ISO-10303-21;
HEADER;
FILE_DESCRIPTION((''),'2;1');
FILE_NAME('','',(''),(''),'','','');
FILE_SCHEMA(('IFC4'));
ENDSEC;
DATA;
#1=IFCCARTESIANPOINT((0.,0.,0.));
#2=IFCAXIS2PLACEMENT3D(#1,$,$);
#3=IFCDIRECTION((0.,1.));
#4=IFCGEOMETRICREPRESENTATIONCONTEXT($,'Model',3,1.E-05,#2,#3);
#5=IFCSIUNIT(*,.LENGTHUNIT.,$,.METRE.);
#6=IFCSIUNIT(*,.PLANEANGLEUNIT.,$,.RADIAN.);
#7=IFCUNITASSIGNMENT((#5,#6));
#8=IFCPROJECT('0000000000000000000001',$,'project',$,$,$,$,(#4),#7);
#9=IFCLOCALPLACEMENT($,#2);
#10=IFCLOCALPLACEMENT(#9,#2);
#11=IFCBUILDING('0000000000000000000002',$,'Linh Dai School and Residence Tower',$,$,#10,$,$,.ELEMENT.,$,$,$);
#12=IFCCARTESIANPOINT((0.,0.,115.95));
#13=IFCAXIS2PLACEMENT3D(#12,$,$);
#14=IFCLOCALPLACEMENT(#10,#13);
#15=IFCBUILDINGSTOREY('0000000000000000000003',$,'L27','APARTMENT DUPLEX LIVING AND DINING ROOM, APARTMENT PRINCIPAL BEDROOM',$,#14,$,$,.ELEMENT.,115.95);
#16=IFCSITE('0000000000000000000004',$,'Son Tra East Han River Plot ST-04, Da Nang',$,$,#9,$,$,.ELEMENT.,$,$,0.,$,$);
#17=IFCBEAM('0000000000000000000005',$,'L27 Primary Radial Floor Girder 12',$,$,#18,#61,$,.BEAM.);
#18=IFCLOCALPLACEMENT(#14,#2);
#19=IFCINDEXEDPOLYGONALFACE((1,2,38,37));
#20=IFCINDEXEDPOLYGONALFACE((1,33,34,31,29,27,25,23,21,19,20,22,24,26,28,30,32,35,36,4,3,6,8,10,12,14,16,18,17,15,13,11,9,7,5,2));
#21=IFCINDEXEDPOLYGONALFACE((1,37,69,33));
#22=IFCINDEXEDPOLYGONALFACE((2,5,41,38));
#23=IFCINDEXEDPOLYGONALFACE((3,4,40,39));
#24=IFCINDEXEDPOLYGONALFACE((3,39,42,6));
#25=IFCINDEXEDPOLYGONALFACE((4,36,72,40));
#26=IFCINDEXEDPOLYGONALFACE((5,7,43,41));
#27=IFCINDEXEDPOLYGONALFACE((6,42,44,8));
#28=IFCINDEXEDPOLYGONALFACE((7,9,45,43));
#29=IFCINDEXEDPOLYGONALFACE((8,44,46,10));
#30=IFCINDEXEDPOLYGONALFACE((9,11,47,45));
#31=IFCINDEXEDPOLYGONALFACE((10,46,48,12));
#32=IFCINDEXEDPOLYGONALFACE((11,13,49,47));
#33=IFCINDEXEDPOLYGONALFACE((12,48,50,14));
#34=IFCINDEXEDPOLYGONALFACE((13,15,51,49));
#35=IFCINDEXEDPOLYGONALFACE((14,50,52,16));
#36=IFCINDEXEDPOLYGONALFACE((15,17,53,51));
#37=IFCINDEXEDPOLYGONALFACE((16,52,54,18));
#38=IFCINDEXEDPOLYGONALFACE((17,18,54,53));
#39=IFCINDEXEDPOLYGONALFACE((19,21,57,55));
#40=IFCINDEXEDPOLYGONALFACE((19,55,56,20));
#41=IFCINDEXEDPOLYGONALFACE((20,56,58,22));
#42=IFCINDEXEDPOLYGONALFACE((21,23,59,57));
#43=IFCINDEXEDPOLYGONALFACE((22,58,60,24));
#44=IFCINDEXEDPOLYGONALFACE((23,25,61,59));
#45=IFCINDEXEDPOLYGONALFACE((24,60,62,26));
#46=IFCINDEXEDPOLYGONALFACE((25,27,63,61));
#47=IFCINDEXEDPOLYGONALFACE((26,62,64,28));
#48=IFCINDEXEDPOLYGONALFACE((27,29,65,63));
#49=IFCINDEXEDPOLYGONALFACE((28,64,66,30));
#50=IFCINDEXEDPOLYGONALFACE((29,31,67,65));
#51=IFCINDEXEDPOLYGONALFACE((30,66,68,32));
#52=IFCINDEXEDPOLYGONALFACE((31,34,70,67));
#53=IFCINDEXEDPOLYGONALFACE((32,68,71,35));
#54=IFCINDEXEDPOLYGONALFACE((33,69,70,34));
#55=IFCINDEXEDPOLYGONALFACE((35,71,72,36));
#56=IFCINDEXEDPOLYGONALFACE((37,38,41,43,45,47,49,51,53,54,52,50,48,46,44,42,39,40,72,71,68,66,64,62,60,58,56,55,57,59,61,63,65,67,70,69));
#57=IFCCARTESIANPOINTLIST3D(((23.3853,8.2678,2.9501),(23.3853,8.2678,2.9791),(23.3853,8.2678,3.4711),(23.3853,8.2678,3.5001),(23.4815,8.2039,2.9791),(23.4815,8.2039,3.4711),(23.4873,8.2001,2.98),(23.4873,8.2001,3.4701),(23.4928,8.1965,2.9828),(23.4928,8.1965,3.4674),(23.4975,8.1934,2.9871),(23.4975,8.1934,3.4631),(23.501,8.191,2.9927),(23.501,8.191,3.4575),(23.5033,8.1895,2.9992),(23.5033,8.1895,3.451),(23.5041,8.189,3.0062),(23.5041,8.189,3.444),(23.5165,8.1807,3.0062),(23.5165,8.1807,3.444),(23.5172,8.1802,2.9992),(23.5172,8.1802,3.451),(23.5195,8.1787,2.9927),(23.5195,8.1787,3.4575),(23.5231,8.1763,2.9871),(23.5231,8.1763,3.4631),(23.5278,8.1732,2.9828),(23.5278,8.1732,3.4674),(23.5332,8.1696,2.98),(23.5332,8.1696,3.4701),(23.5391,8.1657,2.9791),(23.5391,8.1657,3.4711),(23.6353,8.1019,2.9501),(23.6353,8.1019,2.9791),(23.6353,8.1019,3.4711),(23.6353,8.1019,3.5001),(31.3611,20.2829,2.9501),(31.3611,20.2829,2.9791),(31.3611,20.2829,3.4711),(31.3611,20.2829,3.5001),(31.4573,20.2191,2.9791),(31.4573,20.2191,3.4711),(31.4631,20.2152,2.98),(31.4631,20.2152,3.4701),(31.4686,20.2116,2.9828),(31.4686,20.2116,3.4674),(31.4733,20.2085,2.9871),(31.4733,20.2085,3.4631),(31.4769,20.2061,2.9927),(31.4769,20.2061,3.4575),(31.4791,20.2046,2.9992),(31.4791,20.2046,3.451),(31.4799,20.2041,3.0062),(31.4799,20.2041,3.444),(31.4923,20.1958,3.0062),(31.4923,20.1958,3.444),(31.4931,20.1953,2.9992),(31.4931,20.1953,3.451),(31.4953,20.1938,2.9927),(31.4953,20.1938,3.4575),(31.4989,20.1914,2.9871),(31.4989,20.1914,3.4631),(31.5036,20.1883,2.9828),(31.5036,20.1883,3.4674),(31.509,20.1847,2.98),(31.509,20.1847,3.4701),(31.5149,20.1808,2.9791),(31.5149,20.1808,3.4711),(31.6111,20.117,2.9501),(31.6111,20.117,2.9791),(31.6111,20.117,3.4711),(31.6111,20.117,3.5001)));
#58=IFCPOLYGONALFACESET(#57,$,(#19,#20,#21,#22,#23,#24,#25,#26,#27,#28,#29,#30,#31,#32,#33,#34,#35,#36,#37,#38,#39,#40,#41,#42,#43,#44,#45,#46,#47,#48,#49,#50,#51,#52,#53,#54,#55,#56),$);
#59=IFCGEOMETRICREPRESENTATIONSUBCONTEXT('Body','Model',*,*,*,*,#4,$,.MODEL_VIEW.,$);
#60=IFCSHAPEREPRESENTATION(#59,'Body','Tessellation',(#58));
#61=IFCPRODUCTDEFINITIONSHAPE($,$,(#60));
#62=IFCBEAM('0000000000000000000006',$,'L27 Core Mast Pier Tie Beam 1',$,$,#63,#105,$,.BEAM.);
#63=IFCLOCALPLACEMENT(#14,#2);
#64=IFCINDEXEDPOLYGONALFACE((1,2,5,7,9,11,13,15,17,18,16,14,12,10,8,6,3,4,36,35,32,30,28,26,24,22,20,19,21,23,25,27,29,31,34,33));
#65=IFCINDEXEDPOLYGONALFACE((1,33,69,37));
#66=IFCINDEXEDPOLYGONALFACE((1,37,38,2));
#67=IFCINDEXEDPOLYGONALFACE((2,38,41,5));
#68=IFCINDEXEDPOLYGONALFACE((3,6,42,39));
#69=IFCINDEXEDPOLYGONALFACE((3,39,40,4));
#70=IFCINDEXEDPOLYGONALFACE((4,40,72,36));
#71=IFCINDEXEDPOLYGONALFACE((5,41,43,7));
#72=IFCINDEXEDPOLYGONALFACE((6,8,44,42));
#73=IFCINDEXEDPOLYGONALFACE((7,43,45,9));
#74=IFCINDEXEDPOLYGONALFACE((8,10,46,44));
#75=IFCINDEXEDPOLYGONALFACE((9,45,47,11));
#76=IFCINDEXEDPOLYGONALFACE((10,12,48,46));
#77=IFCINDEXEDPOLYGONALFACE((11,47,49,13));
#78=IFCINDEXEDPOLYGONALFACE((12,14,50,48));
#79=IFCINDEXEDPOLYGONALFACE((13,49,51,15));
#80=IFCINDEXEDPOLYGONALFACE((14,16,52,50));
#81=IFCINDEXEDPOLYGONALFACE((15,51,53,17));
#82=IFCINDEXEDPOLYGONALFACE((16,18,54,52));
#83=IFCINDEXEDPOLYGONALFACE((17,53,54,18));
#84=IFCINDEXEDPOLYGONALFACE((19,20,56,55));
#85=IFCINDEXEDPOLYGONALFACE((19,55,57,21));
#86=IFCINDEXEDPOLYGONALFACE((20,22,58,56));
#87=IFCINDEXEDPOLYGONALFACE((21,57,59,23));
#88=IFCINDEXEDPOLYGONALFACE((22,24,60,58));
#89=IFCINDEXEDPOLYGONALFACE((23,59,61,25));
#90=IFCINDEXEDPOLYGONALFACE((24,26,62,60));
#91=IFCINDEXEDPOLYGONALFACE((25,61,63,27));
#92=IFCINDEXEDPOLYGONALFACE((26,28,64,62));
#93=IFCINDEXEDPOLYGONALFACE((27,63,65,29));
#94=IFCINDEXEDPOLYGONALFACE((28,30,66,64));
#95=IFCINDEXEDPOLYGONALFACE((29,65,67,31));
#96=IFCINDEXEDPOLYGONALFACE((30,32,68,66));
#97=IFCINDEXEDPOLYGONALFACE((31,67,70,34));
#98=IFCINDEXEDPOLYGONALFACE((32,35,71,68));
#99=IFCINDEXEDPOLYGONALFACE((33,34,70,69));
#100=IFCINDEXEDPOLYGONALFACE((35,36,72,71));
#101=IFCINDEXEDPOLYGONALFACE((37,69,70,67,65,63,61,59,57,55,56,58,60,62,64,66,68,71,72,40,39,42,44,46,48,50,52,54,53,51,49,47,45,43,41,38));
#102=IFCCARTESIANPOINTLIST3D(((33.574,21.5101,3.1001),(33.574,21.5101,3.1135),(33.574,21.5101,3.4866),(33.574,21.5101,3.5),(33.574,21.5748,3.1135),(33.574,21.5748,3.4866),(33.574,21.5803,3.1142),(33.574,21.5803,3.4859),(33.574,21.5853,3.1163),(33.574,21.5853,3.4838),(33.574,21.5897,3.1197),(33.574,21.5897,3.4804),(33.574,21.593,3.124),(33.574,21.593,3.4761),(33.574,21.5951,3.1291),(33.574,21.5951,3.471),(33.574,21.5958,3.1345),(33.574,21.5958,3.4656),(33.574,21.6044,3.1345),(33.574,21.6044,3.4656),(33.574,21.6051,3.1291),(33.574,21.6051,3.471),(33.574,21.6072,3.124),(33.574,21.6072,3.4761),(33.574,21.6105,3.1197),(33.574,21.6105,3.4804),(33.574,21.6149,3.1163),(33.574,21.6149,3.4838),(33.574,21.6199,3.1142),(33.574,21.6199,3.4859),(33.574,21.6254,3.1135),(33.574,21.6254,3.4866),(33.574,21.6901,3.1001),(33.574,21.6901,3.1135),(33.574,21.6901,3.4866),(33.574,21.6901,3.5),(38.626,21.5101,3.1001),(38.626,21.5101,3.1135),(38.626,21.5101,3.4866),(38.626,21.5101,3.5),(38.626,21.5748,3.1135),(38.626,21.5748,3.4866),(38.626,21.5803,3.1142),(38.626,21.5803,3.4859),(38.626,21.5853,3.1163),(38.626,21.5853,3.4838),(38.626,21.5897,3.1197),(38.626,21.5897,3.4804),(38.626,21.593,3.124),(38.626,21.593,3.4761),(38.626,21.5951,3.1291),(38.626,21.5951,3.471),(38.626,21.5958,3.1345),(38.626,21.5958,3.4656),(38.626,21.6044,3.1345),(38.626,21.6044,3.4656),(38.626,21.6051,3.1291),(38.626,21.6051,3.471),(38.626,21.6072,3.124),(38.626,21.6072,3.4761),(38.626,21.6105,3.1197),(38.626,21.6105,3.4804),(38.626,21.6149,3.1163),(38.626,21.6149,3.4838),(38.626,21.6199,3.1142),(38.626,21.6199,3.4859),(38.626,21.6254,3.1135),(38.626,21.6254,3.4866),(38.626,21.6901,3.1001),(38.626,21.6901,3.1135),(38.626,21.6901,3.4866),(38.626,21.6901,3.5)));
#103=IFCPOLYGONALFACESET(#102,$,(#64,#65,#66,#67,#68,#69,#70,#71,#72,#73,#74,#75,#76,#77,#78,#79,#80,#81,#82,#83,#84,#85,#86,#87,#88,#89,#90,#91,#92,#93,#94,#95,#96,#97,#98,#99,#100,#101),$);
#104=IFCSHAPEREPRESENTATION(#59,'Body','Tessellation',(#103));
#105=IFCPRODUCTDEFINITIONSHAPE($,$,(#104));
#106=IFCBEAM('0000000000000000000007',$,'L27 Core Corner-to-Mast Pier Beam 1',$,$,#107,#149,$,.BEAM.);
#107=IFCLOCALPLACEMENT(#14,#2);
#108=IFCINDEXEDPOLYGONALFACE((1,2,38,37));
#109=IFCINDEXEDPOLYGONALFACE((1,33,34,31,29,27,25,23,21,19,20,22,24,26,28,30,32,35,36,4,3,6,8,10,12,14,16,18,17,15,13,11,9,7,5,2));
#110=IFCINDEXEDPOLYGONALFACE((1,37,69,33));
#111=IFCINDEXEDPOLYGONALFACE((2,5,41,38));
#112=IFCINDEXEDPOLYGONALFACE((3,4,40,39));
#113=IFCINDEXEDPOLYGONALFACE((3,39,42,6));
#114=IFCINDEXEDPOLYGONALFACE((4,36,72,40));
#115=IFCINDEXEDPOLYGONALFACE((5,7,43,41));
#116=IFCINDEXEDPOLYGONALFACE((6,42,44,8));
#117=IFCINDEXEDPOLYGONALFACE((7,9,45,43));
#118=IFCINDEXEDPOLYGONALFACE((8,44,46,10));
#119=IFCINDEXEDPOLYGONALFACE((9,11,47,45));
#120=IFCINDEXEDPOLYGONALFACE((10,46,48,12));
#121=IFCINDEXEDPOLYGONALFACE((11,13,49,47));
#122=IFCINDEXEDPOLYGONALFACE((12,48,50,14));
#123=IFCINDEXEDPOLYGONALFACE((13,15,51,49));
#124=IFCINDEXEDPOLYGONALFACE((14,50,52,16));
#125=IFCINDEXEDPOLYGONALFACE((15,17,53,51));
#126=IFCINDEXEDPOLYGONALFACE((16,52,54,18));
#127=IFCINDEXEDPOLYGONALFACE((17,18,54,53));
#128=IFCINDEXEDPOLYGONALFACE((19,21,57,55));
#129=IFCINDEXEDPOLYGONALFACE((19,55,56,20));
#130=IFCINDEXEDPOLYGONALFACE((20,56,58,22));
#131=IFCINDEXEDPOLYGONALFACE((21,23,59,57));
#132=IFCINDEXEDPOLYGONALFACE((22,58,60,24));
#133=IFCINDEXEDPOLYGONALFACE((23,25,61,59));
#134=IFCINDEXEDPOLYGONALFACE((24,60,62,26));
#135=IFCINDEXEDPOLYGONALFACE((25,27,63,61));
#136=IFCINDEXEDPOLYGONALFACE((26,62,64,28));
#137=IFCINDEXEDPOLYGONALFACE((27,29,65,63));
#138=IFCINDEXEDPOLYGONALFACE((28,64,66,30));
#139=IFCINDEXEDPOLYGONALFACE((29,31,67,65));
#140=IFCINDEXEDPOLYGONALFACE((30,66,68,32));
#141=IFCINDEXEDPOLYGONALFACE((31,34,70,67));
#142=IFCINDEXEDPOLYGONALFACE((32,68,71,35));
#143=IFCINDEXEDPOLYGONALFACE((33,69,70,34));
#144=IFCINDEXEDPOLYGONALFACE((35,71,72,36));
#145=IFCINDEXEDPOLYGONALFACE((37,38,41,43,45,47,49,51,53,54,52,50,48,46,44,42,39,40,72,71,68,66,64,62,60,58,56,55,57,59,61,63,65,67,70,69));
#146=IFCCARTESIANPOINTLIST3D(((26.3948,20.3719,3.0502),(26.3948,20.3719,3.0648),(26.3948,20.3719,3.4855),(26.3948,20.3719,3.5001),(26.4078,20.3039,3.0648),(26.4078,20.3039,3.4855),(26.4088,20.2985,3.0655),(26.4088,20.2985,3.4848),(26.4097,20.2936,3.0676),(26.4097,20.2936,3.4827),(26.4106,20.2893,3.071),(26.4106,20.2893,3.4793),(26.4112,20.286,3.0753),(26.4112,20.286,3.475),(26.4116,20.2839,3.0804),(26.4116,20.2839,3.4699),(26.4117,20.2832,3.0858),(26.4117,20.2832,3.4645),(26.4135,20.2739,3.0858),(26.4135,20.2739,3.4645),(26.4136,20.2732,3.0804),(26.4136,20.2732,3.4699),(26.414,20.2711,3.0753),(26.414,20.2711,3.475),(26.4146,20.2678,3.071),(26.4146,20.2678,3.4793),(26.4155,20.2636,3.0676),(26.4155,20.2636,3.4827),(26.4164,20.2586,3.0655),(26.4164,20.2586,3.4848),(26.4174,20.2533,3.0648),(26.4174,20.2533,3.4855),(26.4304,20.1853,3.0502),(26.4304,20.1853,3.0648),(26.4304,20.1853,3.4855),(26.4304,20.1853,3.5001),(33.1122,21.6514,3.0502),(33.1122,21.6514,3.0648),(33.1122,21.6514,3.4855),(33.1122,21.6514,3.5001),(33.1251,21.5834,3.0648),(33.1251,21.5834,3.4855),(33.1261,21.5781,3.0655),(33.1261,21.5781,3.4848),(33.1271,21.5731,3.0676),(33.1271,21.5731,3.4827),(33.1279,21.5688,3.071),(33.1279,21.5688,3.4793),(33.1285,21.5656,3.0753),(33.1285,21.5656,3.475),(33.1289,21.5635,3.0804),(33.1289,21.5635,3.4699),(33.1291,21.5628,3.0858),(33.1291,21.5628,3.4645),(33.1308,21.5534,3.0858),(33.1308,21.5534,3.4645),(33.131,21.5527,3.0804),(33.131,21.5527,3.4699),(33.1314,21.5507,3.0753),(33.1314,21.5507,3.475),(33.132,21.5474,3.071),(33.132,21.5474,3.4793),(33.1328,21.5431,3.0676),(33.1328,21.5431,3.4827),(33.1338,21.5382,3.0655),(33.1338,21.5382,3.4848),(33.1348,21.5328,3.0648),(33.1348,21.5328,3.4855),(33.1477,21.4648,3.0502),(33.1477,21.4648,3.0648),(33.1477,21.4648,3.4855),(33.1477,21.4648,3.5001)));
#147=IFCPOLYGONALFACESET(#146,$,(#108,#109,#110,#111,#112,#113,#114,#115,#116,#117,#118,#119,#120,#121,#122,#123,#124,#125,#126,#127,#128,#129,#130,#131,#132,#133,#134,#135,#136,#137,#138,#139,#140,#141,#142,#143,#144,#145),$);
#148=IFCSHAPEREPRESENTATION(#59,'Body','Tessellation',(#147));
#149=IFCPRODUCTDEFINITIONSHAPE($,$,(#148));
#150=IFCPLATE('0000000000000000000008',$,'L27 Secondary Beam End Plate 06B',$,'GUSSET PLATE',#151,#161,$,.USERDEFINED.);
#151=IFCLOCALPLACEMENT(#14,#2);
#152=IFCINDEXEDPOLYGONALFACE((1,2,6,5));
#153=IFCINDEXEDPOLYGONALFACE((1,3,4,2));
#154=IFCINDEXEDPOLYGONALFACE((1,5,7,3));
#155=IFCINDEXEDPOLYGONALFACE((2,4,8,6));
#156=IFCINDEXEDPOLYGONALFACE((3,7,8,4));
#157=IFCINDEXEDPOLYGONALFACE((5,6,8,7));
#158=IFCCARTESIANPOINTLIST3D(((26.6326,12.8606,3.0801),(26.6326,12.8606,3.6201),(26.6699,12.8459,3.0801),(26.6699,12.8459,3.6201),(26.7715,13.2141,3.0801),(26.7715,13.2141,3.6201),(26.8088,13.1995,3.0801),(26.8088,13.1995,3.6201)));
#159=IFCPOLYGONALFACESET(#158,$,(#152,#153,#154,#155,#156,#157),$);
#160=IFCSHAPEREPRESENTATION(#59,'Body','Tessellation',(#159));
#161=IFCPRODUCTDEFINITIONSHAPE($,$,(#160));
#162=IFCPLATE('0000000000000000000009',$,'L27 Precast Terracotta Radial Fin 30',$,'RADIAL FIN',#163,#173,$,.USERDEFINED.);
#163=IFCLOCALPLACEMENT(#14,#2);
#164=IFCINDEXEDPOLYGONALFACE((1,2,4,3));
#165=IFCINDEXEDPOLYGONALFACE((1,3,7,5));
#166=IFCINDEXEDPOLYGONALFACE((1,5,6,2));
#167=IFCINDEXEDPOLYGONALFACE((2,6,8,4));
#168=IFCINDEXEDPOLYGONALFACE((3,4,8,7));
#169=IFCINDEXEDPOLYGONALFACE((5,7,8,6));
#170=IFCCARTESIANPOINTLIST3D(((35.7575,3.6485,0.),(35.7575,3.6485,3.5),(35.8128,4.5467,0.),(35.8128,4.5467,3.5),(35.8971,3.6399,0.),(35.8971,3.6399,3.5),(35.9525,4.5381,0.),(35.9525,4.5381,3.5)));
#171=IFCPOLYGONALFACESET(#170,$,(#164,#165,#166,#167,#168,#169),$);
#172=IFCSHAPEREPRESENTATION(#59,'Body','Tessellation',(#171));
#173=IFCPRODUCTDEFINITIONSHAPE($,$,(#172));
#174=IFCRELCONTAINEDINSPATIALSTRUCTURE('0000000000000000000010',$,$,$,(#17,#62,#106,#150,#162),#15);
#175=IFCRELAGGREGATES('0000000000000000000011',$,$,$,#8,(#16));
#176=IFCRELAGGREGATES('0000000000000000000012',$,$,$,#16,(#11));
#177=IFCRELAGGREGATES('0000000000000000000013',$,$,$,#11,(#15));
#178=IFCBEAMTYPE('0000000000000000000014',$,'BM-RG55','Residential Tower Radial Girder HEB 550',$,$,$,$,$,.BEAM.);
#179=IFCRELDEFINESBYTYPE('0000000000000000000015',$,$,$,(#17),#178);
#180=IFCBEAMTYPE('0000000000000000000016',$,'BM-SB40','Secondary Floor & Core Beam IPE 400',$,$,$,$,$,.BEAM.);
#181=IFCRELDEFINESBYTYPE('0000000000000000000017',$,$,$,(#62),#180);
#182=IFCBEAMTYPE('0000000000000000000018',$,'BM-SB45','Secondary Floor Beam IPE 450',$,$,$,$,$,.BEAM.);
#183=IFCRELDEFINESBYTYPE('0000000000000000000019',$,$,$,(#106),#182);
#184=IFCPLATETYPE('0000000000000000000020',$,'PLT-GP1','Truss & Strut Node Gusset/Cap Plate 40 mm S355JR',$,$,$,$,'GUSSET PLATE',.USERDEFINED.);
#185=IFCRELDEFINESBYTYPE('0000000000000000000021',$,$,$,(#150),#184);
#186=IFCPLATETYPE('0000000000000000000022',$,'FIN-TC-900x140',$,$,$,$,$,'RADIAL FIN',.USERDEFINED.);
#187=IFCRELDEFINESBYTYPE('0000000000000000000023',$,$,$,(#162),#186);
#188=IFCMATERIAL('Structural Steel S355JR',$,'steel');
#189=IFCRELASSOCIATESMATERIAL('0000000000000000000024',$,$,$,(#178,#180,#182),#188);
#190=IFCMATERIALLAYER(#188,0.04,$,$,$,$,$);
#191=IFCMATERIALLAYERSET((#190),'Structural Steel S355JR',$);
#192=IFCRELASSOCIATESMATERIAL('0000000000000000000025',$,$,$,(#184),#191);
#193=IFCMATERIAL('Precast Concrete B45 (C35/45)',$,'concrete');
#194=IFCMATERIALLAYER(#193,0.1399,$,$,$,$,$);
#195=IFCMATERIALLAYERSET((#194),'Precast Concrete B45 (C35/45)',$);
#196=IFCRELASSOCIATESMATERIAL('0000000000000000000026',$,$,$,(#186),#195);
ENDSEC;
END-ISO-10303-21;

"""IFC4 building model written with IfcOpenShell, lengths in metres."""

from ifc_helpers import new_model, si_unit, direction, frame, origin, origin_2d, place, context, subcontext, project, spatial, rectangle, i_section, extrude, source, transform, mapped, material, layer, layer_set, material_profile, profile_set, type_object, element, save


model = new_model("IFC4")

# Units and contexts
model_context = context("Model", 3, precision=1e-05, world=origin(), true_north=direction((0.0, 1.0)))
body_context = subcontext(model_context, "Body", "Model", "MODEL_VIEW")
ifc_project = project(units=[si_unit("LENGTHUNIT", "METRE"), si_unit("PLANEANGLEUNIT", "RADIAN")], contexts=[model_context])

# Site, building, storey
site_placement = place(None, origin())
site = spatial("IfcSite", under=ifc_project, at=site_placement, Name="Son Tra East Han River Plot ST-04, Da Nang", CompositionType="ELEMENT", RefElevation=0.0)
building_placement = place(site_placement, origin())
building = spatial("IfcBuilding", under=site, at=building_placement, Name="Linh Dai School and Residence Tower", CompositionType="ELEMENT")
storey_placement = place(building_placement, frame((0.0, 0.0, 115.95)))
storey = spatial("IfcBuildingStorey", under=building, at=storey_placement, Name="L27", Description="APARTMENT DUPLEX LIVING AND DINING ROOM, APARTMENT PRINCIPAL BEDROOM", CompositionType="ELEMENT", Elevation=115.95)

# Shared definitions
ifc_material_1 = material(Name="Structural Steel S355JR", Category="steel")

# Beams
ifc_material_profile_1 = material_profile(ifc_material_1, i_section(OverallWidth=0.3, OverallDepth=0.55, WebThickness=0.0149, FlangeThickness=0.0291, FilletRadius=0.0271, at=origin_2d()), Name="HEB 550")
ifc_profile_set_1 = profile_set([ifc_material_profile_1], Name="Structural Steel S355JR")
beam_type_1 = type_object("IfcBeamType", Name="BM-RG55", Description="Residential Tower Radial Girder HEB 550", PredefinedType="BEAM", material=ifc_profile_set_1)
beam_1_placement = place(storey_placement, frame((31.4861, 20.2, 3.2251), z_axis=(-0.553054, -0.833145, 0.0), x_axis=(0.833145, -0.553054, 0.0)))
element("IfcBeam", 1, at=beam_1_placement, inside=storey, type_object=beam_type_1, Name="L27 Primary Radial Floor Girder 12", PredefinedType="BEAM", context=body_context, shape_type="SweptSolid", body=[
    extrude(i_section(OverallWidth=0.3, OverallDepth=0.55, WebThickness=0.0149, FlangeThickness=0.0291, FilletRadius=0.0271, at=origin_2d()), origin(), (0.0, 0.0, 1.0), 14.4214),
])
ifc_material_profile_2 = material_profile(ifc_material_1, i_section(OverallWidth=0.1799, OverallDepth=0.3999, WebThickness=0.0085, FlangeThickness=0.0134, FilletRadius=0.021, at=origin_2d()), Name="IPE 400")
ifc_profile_set_2 = profile_set([ifc_material_profile_2], Name="Structural Steel S355JR")
beam_type_2 = type_object("IfcBeamType", Name="BM-SB40", Description="Secondary Floor & Core Beam IPE 400", PredefinedType="BEAM", material=ifc_profile_set_2)
beam_2_placement = place(storey_placement, frame((33.574, 21.6001, 3.3), z_axis=(1.0, 0.0, 0.0), x_axis=(0.0, 1.0, 0.0)))
element("IfcBeam", 2, at=beam_2_placement, inside=storey, type_object=beam_type_2, Name="L27 Core Mast Pier Tie Beam 1", PredefinedType="BEAM", context=body_context, shape_type="SweptSolid", body=[
    extrude(i_section(OverallWidth=0.1799, OverallDepth=0.3999, WebThickness=0.0085, FlangeThickness=0.0134, FilletRadius=0.021, at=origin_2d()), origin(), (0.0, 0.0, 1.0), 5.052),
])
ifc_material_profile_3 = material_profile(ifc_material_1, i_section(OverallWidth=0.1899, OverallDepth=0.45, WebThickness=0.0095, FlangeThickness=0.0146, FilletRadius=0.021, at=origin_2d()), Name="IPE 450")
ifc_profile_set_3 = profile_set([ifc_material_profile_3], Name="Structural Steel S355JR")
beam_type_3 = type_object("IfcBeamType", Name="BM-SB45", Description="Secondary Floor Beam IPE 450", PredefinedType="BEAM", material=ifc_profile_set_3)
beam_3_placement = place(storey_placement, frame((26.4126, 20.2786, 3.2751), z_axis=(0.982337, 0.18712, 0.0), x_axis=(-0.18712, 0.982337, 0.0)))
element("IfcBeam", 3, at=beam_3_placement, inside=storey, type_object=beam_type_3, Name="L27 Core Corner-to-Mast Pier Beam 1", PredefinedType="BEAM", context=body_context, shape_type="SweptSolid", body=[
    extrude(i_section(OverallWidth=0.1899, OverallDepth=0.45, WebThickness=0.0095, FlangeThickness=0.0146, FilletRadius=0.021, at=origin_2d()), origin(), (0.0, 0.0, 1.0), 6.8381),
])

# Plates
ifc_layer_1 = layer(ifc_material_1, 0.04)
ifc_layer_set_1 = layer_set([ifc_layer_1], Name="Structural Steel S355JR")
plate_type_1 = type_object("IfcPlateType", Name="PLT-GP1", Description="Truss & Strut Node Gusset/Cap Plate 40 mm S355JR", ElementType="GUSSET PLATE", PredefinedType="USERDEFINED", material=ifc_layer_set_1)
shared_shape_1 = source(origin(), body_context, "Body", "SweptSolid", [
    extrude(rectangle(XDim=0.04, YDim=0.3799, at=origin_2d()), origin(), (0.0, 0.0, 1.0), 0.54),
])
plate_1_placement = place(storey_placement, frame((26.7207, 13.03, 3.0801), z_axis=(0.0, 0.0, 1.0), x_axis=(0.930752, -0.36565, 0.0)))
element("IfcPlate", 4, at=plate_1_placement, inside=storey, type_object=plate_type_1, Name="L27 Secondary Beam End Plate 06B", ObjectType="GUSSET PLATE", PredefinedType="USERDEFINED", context=body_context, shape_type="MappedRepresentation", body=[
    mapped(shared_shape_1, transform((0.0, 0.0, 0.0), x_axis=(1.0, 0.0, 0.0), y_axis=(0.0, 1.0, 0.0), z_axis=(0.0, 0.0, 1.0), scale=1.0)),
])
ifc_material_2 = material(Name="Precast Concrete B45 (C35/45)", Category="concrete")
ifc_layer_2 = layer(ifc_material_2, 0.1399)
ifc_layer_set_2 = layer_set([ifc_layer_2], Name="Precast Concrete B45 (C35/45)")
plate_type_2 = type_object("IfcPlateType", Name="FIN-TC-900x140", ElementType="RADIAL FIN", PredefinedType="USERDEFINED", material=ifc_layer_set_2)
shared_shape_2 = source(origin(), body_context, "Body", "SweptSolid", [
    extrude(rectangle(XDim=0.8999, YDim=0.1399, at=origin_2d()), origin(), (0.0, 0.0, 1.0), 3.5),
])
plate_2_placement = place(storey_placement, frame((35.855, 4.0933, 0.0), z_axis=(0.0, 0.0, 1.0), x_axis=(-0.061509, -0.998107, 0.0)))
element("IfcPlate", 5, at=plate_2_placement, inside=storey, type_object=plate_type_2, Name="L27 Precast Terracotta Radial Fin 30", ObjectType="RADIAL FIN", PredefinedType="USERDEFINED", context=body_context, shape_type="MappedRepresentation", body=[
    mapped(shared_shape_2, transform((0.0, 0.0, 0.0), x_axis=(1.0, 0.0, 0.0), y_axis=(0.0, 1.0, 0.0), z_axis=(0.0, 0.0, 1.0), scale=1.0)),
])

save(model, "model.ifc")
